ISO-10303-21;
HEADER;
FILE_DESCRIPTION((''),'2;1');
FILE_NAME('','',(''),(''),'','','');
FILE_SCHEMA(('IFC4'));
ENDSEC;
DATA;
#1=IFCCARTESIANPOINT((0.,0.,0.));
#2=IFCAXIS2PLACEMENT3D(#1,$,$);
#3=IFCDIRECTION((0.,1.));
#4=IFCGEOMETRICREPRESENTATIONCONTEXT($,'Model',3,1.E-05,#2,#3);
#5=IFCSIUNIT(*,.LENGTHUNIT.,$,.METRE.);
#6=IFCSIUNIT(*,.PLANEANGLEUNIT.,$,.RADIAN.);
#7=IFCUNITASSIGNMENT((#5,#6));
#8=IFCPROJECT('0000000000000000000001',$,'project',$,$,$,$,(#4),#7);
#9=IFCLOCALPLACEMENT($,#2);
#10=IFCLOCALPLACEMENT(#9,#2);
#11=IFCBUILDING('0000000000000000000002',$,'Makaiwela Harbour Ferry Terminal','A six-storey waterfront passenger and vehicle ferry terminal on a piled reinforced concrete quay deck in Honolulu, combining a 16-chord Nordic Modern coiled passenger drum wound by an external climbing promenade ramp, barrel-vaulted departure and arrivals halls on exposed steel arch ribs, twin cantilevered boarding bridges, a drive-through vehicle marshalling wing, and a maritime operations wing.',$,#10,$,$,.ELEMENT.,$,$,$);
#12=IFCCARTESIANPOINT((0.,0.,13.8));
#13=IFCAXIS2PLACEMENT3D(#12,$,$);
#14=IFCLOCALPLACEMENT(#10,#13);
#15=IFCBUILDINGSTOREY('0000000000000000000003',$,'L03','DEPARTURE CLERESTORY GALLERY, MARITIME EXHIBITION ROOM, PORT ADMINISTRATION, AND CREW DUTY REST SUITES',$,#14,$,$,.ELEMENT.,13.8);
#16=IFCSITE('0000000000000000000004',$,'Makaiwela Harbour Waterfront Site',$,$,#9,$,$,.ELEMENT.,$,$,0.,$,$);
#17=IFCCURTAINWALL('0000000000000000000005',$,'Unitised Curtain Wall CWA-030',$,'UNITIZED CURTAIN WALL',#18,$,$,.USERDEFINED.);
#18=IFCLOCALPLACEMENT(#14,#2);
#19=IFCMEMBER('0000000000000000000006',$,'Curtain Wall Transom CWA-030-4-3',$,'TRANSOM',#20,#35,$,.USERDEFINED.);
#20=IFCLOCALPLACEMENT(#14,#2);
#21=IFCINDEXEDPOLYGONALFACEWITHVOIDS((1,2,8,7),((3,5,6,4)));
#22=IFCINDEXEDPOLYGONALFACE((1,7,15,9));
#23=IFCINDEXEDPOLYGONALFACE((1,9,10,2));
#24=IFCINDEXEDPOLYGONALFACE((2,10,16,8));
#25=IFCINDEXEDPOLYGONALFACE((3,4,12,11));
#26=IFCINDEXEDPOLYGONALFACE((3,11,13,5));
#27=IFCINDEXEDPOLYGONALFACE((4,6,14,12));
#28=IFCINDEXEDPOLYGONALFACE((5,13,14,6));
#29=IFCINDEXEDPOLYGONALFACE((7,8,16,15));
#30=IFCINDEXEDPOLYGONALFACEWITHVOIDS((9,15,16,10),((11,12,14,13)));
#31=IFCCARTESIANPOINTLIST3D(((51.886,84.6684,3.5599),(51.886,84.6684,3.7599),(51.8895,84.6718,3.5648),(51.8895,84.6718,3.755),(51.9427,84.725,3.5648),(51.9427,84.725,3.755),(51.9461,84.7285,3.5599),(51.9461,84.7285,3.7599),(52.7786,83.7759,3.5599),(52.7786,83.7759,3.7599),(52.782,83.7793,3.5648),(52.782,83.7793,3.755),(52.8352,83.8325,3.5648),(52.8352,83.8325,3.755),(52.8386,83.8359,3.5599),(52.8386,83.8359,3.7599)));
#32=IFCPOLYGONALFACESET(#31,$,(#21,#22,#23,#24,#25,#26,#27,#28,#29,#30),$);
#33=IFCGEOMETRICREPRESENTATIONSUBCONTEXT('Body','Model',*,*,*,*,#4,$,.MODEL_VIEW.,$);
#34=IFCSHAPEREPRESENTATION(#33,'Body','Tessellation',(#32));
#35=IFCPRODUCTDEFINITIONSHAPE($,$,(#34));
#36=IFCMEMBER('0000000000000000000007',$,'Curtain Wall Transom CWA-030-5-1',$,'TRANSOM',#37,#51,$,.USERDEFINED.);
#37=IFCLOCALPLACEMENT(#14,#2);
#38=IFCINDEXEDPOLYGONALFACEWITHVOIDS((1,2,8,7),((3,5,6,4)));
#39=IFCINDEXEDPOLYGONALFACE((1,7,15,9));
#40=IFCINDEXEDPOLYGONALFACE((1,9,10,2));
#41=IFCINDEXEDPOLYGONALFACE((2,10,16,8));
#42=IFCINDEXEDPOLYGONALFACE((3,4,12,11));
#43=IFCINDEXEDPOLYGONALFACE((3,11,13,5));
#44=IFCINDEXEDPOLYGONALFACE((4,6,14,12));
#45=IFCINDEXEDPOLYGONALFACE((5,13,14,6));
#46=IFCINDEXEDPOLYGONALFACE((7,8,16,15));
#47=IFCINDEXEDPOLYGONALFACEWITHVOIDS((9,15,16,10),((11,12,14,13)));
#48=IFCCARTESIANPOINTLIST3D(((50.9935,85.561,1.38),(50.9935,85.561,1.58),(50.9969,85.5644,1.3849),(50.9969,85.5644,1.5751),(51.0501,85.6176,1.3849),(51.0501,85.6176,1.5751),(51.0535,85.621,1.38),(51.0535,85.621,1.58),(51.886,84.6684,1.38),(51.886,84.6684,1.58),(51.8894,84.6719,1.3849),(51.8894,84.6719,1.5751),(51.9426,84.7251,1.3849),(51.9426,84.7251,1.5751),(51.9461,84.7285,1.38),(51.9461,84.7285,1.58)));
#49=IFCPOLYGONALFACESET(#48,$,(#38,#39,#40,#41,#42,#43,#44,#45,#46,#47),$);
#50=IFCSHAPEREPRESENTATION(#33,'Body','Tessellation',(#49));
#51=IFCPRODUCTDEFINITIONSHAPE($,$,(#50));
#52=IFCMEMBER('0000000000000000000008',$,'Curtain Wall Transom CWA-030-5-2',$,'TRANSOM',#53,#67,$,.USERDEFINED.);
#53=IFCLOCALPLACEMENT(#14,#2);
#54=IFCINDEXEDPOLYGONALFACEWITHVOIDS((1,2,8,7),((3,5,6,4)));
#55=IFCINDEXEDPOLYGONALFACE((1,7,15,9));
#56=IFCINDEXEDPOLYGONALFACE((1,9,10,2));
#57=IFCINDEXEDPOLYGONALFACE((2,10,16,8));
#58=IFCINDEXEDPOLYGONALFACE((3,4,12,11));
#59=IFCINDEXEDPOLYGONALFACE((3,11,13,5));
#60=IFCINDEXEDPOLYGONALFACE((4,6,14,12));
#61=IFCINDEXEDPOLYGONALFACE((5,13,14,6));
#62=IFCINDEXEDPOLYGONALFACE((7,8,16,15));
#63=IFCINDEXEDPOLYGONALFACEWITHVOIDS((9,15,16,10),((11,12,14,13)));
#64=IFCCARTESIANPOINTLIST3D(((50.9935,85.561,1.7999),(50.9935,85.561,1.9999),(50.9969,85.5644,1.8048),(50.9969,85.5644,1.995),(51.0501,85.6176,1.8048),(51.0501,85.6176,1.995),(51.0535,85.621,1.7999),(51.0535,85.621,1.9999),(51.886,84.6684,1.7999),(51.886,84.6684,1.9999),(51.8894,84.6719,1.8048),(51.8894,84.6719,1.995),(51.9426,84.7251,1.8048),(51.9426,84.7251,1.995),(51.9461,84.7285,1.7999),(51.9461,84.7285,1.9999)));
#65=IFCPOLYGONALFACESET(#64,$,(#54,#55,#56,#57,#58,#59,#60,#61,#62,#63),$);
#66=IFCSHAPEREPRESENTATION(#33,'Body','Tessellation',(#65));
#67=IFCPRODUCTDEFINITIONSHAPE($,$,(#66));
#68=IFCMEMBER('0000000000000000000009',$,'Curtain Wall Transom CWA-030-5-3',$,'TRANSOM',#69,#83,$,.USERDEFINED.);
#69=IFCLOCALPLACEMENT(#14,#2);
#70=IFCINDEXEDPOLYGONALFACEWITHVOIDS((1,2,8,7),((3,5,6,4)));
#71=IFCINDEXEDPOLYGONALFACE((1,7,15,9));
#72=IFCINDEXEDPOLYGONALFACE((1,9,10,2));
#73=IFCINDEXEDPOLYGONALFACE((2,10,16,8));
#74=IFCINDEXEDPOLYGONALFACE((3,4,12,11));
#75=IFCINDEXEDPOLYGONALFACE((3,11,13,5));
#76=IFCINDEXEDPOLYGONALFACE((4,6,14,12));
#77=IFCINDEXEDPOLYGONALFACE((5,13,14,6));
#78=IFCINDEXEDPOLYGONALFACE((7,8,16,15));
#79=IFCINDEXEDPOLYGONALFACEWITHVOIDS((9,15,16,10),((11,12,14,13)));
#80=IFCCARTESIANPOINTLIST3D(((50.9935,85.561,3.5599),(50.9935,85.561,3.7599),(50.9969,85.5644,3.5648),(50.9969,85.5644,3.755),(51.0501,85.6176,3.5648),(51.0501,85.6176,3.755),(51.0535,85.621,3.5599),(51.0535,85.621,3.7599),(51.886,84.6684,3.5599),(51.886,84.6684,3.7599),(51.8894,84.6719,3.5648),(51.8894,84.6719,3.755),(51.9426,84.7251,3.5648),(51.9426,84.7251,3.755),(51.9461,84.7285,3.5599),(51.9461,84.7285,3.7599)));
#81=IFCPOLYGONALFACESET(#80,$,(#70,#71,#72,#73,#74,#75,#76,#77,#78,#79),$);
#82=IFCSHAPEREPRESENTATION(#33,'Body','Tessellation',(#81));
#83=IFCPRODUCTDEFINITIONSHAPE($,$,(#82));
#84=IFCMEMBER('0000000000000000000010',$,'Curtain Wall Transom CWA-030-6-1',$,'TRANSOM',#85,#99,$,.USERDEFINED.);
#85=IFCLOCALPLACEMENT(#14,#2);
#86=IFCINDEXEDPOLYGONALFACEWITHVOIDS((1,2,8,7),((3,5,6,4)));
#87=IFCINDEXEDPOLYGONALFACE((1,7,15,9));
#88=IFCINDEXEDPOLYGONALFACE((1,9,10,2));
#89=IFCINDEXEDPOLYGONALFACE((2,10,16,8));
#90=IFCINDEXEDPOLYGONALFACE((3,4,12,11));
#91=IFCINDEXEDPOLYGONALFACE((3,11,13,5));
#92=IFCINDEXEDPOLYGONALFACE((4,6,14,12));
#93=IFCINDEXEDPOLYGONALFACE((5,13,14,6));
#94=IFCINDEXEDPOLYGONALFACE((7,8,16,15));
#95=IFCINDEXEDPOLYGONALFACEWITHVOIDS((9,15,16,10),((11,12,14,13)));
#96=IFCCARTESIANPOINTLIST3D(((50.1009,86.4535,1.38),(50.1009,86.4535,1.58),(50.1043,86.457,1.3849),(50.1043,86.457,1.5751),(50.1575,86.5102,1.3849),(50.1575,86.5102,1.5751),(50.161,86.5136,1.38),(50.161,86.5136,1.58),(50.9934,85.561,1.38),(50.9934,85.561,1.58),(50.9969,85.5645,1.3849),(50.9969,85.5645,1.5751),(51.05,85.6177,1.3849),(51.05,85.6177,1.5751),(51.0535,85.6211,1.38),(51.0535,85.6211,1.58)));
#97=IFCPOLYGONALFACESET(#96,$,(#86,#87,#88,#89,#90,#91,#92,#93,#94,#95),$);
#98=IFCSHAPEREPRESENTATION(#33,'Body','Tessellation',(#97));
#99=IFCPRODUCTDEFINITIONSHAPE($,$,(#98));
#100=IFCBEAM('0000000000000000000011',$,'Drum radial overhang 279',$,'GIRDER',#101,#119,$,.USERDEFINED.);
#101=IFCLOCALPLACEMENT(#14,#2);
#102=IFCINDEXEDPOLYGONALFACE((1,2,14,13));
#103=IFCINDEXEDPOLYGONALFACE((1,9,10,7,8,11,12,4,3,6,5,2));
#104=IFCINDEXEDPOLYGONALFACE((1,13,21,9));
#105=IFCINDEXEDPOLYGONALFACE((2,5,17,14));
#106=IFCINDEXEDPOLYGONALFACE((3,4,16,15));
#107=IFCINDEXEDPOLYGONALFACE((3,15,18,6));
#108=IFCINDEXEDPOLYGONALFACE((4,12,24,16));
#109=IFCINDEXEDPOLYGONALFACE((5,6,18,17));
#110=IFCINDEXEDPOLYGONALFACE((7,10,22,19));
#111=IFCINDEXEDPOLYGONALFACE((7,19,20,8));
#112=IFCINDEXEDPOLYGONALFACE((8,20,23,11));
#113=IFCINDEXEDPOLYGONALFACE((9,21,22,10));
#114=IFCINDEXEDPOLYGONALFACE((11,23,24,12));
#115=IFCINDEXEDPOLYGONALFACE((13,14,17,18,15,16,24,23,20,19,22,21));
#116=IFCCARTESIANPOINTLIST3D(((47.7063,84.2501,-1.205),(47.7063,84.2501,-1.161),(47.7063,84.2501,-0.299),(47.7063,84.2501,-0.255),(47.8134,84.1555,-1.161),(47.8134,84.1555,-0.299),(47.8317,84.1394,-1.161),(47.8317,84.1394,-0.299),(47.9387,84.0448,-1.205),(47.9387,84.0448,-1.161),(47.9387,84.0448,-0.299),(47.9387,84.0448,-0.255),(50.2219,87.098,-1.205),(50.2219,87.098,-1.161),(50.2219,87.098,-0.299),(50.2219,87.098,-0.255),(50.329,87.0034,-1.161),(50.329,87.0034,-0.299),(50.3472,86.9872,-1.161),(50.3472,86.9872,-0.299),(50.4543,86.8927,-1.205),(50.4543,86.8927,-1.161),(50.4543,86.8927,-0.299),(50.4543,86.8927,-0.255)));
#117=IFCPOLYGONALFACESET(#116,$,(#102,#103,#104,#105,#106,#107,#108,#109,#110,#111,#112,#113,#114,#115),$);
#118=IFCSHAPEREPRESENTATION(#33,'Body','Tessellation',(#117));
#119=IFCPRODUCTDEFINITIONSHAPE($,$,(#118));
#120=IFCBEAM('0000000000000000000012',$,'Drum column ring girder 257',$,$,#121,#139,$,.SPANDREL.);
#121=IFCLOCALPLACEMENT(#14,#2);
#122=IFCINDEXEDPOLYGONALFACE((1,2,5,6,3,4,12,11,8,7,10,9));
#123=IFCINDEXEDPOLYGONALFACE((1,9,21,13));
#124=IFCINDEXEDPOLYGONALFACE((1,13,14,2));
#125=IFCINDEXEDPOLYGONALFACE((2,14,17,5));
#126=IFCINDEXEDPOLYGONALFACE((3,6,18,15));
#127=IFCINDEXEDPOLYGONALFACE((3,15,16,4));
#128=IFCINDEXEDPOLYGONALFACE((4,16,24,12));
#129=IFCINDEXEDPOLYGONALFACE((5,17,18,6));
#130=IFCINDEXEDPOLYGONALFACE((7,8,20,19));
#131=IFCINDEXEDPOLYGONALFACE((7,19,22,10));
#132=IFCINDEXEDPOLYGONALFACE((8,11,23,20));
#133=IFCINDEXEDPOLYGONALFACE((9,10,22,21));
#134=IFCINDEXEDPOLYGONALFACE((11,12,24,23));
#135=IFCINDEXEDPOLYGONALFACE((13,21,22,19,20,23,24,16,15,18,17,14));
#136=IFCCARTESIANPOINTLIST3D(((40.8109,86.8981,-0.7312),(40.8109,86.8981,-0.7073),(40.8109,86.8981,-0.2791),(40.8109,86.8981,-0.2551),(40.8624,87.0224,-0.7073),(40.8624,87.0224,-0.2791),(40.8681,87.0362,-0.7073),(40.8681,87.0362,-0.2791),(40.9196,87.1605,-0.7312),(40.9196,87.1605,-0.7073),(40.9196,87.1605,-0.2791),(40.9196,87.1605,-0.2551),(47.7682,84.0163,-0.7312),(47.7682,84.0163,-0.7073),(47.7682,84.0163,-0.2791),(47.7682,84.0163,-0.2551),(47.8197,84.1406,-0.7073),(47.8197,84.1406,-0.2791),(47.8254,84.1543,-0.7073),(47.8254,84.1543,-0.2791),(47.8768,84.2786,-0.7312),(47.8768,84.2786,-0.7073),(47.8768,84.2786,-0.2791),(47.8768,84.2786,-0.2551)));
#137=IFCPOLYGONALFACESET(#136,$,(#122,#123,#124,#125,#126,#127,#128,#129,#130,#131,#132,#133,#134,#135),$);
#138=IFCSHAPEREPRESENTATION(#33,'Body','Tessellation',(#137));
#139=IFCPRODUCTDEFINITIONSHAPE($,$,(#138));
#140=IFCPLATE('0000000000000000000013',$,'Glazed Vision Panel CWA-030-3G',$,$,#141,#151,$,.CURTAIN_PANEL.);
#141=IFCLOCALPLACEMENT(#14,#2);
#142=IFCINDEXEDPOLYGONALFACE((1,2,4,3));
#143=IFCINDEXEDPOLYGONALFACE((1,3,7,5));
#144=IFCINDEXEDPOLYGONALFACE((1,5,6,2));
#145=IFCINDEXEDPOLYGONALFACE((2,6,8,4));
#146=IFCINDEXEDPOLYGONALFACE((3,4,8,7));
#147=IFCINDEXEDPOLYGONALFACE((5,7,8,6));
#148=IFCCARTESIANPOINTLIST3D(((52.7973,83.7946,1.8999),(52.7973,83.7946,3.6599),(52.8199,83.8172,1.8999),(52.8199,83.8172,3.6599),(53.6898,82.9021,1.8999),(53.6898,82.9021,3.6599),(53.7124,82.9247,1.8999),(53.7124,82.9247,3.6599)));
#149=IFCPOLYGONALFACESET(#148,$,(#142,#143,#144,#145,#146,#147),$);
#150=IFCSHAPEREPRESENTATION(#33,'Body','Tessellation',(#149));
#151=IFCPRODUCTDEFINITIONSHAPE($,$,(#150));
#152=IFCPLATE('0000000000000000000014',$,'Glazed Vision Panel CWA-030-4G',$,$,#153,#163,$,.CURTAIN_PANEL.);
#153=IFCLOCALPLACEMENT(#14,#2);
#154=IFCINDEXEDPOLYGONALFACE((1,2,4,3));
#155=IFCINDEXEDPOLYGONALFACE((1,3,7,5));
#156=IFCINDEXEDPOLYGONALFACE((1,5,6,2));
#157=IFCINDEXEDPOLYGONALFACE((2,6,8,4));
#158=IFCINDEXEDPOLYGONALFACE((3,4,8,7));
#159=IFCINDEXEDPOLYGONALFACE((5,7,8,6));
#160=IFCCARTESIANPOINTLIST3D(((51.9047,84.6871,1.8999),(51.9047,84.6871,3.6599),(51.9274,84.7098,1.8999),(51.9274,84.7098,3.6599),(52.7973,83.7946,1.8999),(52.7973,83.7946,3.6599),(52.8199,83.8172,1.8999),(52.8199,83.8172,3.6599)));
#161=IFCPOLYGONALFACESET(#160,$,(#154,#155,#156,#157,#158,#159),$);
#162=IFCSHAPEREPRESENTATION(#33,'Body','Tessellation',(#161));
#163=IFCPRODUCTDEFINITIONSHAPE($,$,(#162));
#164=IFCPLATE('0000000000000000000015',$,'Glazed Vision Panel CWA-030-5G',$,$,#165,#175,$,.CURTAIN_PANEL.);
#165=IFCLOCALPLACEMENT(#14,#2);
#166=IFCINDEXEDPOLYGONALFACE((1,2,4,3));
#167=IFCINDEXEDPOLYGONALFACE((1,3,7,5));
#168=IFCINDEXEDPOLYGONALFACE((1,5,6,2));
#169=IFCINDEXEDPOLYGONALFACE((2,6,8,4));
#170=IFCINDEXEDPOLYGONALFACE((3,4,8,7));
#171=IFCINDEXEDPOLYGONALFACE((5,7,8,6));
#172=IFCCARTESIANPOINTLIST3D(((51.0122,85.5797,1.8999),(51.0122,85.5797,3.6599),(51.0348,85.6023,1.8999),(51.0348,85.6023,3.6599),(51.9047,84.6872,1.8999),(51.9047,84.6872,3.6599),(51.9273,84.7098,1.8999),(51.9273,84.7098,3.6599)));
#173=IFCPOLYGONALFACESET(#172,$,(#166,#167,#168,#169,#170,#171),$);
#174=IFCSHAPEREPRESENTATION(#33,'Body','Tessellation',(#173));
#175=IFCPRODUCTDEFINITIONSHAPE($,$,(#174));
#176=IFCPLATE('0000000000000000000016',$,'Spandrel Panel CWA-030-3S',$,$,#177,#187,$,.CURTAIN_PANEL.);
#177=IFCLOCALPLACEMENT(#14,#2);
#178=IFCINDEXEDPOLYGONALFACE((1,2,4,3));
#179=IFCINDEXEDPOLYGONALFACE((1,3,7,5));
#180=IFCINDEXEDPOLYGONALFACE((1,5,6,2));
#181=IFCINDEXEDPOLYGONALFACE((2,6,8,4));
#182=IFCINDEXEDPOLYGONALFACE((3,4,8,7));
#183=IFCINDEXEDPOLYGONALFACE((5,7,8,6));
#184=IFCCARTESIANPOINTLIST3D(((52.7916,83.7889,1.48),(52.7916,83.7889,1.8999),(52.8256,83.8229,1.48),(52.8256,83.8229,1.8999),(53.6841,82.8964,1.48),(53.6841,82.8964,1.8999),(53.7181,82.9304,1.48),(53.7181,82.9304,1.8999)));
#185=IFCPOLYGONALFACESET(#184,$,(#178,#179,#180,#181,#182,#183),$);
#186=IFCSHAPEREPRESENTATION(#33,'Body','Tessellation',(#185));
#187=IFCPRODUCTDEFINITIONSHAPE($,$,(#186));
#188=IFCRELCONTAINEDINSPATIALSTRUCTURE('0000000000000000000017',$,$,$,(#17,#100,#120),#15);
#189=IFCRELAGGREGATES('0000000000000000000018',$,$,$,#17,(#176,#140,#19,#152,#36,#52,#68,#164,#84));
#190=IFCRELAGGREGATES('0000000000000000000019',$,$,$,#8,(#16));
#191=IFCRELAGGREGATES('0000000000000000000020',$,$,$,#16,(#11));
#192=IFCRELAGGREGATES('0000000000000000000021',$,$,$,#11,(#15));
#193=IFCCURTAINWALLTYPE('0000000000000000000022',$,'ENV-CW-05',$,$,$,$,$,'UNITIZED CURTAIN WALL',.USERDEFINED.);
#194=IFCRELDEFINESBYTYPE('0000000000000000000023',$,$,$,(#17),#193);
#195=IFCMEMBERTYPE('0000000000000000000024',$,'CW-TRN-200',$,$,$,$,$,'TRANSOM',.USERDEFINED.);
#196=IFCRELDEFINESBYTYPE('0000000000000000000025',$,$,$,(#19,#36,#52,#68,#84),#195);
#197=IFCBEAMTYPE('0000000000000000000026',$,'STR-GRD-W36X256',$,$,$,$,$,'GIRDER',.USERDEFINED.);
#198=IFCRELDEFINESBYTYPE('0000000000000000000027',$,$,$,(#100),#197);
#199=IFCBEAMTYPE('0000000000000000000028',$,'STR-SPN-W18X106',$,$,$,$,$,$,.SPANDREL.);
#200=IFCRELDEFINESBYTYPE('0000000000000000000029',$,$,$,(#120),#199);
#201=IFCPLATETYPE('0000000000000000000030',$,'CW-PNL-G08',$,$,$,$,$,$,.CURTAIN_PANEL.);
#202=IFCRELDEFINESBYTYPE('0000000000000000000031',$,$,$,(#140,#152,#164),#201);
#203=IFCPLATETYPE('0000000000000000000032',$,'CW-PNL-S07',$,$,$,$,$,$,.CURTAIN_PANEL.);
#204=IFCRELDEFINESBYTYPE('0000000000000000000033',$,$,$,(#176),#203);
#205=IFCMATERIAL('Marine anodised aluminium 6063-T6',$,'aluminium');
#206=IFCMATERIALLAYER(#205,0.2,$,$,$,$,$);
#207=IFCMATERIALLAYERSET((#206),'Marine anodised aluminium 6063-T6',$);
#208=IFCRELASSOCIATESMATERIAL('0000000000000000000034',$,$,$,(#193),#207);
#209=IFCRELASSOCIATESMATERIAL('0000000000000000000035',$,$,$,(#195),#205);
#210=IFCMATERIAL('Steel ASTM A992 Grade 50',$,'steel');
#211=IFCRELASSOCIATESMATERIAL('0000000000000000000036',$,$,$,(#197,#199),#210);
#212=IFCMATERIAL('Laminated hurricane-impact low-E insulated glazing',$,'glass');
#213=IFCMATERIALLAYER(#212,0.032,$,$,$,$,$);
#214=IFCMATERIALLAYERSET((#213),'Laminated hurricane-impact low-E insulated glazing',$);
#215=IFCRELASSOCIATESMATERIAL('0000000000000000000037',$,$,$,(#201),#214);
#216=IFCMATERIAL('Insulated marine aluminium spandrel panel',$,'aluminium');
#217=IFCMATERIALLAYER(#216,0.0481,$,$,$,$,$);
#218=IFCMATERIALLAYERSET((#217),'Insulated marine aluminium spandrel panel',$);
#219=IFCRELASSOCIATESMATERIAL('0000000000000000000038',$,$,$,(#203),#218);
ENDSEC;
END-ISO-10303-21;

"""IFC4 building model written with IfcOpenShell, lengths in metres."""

from ifc_helpers import new_model, si_unit, direction, frame, origin, origin_2d, place, context, subcontext, project, spatial, rectangle, hollow_rectangle, i_section, extrude, material, layer, layer_set, material_profile, profile_set, type_object, element, aggregate, save


model = new_model("IFC4")

# Units and contexts
model_context = context("Model", 3, precision=1e-05, world=origin(), true_north=direction((0.0, 1.0)))
body_context = subcontext(model_context, "Body", "Model", "MODEL_VIEW")
ifc_project = project(units=[si_unit("LENGTHUNIT", "METRE"), si_unit("PLANEANGLEUNIT", "RADIAN")], contexts=[model_context])

# Site, building, storey
site_placement = place(None, origin())
site = spatial("IfcSite", under=ifc_project, at=site_placement, Name="Makaiwela Harbour Waterfront Site", CompositionType="ELEMENT", RefElevation=0.0)
building_placement = place(site_placement, origin())
building = spatial("IfcBuilding", under=site, at=building_placement, Name="Makaiwela Harbour Ferry Terminal", Description="A six-storey waterfront passenger and vehicle ferry terminal on a piled reinforced concrete quay deck in Honolulu, combining a 16-chord Nordic Modern coiled passenger drum wound by an external climbing promenade ramp, barrel-vaulted departure and arrivals halls on exposed steel arch ribs, twin cantilevered boarding bridges, a drive-through vehicle marshalling wing, and a maritime operations wing.", CompositionType="ELEMENT")
storey_placement = place(building_placement, frame((0.0, 0.0, 13.8)))
storey = spatial("IfcBuildingStorey", under=building, at=storey_placement, Name="L03", Description="DEPARTURE CLERESTORY GALLERY, MARITIME EXHIBITION ROOM, PORT ADMINISTRATION, AND CREW DUTY REST SUITES", CompositionType="ELEMENT", Elevation=13.8)

# Shared definitions
ifc_material_1 = material(Name="Steel ASTM A992 Grade 50", Category="steel")

# Curtain wall, members
ifc_material_2 = material(Name="Marine anodised aluminium 6063-T6", Category="aluminium")
ifc_layer_1 = layer(ifc_material_2, 0.2)
ifc_layer_set_1 = layer_set([ifc_layer_1], Name="Marine anodised aluminium 6063-T6")
curtain_wall_type = type_object("IfcCurtainWallType", Name="ENV-CW-05", ElementType="UNITIZED CURTAIN WALL", PredefinedType="USERDEFINED", material=ifc_layer_set_1)
curtain_wall_placement = place(storey_placement, origin())
curtain_wall = element("IfcCurtainWall", 1, at=curtain_wall_placement, inside=storey, type_object=curtain_wall_type, Name="Unitised Curtain Wall CWA-030", ObjectType="UNITIZED CURTAIN WALL", PredefinedType="USERDEFINED")
ifc_material_profile_1 = material_profile(ifc_material_2, hollow_rectangle(XDim=0.085, YDim=0.2, WallThickness=0.0049, at=origin_2d()), Name="CWT-200X85")
ifc_profile_set_1 = profile_set([ifc_material_profile_1], Name="Marine anodised aluminium 6063-T6")
member_type_1 = type_object("IfcMemberType", Name="CW-TRN-200", ElementType="TRANSOM", PredefinedType="USERDEFINED", material=ifc_profile_set_1)
member_1_placement = place(storey_placement, frame((52.8086, 83.8059, 3.6599), z_axis=(-0.707107, 0.707107, 0.0), x_axis=(-0.707107, -0.707107, 0.0)))
member_1 = element("IfcMember", 2, at=member_1_placement, type_object=member_type_1, Name="Curtain Wall Transom CWA-030-4-3", ObjectType="TRANSOM", PredefinedType="USERDEFINED", context=body_context, shape_type="SweptSolid", body=[
    extrude(hollow_rectangle(XDim=0.085, YDim=0.2, WallThickness=0.0049, at=origin_2d()), origin(), (0.0, 0.0, 1.0), 1.2622),
])
member_2_placement = place(storey_placement, frame((51.916, 84.6985, 1.48), z_axis=(-0.707107, 0.707107, 0.0), x_axis=(-0.707107, -0.707107, 0.0)))
member_2 = element("IfcMember", 3, at=member_2_placement, type_object=member_type_1, Name="Curtain Wall Transom CWA-030-5-1", ObjectType="TRANSOM", PredefinedType="USERDEFINED", context=body_context, shape_type="SweptSolid", body=[
    extrude(hollow_rectangle(XDim=0.085, YDim=0.2, WallThickness=0.0049, at=origin_2d()), origin(), (0.0, 0.0, 1.0), 1.2622),
])
member_3_placement = place(storey_placement, frame((51.916, 84.6985, 1.8999), z_axis=(-0.707107, 0.707107, 0.0), x_axis=(-0.707107, -0.707107, 0.0)))
member_3 = element("IfcMember", 4, at=member_3_placement, type_object=member_type_1, Name="Curtain Wall Transom CWA-030-5-2", ObjectType="TRANSOM", PredefinedType="USERDEFINED", context=body_context, shape_type="SweptSolid", body=[
    extrude(hollow_rectangle(XDim=0.085, YDim=0.2, WallThickness=0.0049, at=origin_2d()), origin(), (0.0, 0.0, 1.0), 1.2622),
])
member_4_placement = place(storey_placement, frame((51.916, 84.6985, 3.6599), z_axis=(-0.707107, 0.707107, 0.0), x_axis=(-0.707107, -0.707107, 0.0)))
member_4 = element("IfcMember", 5, at=member_4_placement, type_object=member_type_1, Name="Curtain Wall Transom CWA-030-5-3", ObjectType="TRANSOM", PredefinedType="USERDEFINED", context=body_context, shape_type="SweptSolid", body=[
    extrude(hollow_rectangle(XDim=0.085, YDim=0.2, WallThickness=0.0049, at=origin_2d()), origin(), (0.0, 0.0, 1.0), 1.2622),
])
member_5_placement = place(storey_placement, frame((51.0234, 85.5911, 1.48), z_axis=(-0.707107, 0.707107, 0.0), x_axis=(-0.707107, -0.707107, 0.0)))
member_5 = element("IfcMember", 6, at=member_5_placement, type_object=member_type_1, Name="Curtain Wall Transom CWA-030-6-1", ObjectType="TRANSOM", PredefinedType="USERDEFINED", context=body_context, shape_type="SweptSolid", body=[
    extrude(hollow_rectangle(XDim=0.085, YDim=0.2, WallThickness=0.0049, at=origin_2d()), origin(), (0.0, 0.0, 1.0), 1.2622),
])

# Beams
ifc_material_profile_2 = material_profile(ifc_material_1, i_section(OverallWidth=0.3101, OverallDepth=0.95, WebThickness=0.0244, FlangeThickness=0.0439, at=origin_2d()), Name="W36X256")
ifc_profile_set_2 = profile_set([ifc_material_profile_2], Name="Steel ASTM A992 Grade 50")
beam_type_1 = type_object("IfcBeamType", Name="STR-GRD-W36X256", ElementType="GIRDER", PredefinedType="USERDEFINED", material=ifc_profile_set_2)
beam_1_placement = place(storey_placement, frame((47.8225, 84.1475, -0.73), z_axis=(0.662032, 0.749476, 0.0), x_axis=(-0.749476, 0.662032, 0.0)))
element("IfcBeam", 7, at=beam_1_placement, inside=storey, type_object=beam_type_1, Name="Drum radial overhang 279", ObjectType="GIRDER", PredefinedType="USERDEFINED", context=body_context, shape_type="SweptSolid", body=[
    extrude(i_section(OverallWidth=0.3101, OverallDepth=0.95, WebThickness=0.0244, FlangeThickness=0.0439, at=origin_2d()), origin(), (0.0, 0.0, 1.0), 3.7998),
])
ifc_material_profile_3 = material_profile(ifc_material_1, i_section(OverallWidth=0.2839, OverallDepth=0.4761, WebThickness=0.0149, FlangeThickness=0.0239, at=origin_2d()), Name="W18X106")
ifc_profile_set_3 = profile_set([ifc_material_profile_3], Name="Steel ASTM A992 Grade 50")
beam_type_2 = type_object("IfcBeamType", Name="STR-SPN-W18X106", PredefinedType="SPANDREL", material=ifc_profile_set_3)
beam_2_placement = place(storey_placement, frame((47.8225, 84.1475, -0.4932), z_axis=(-0.923878, 0.382688, 0.0), x_axis=(-0.382688, -0.923878, 0.0)))
element("IfcBeam", 8, at=beam_2_placement, inside=storey, type_object=beam_type_2, Name="Drum column ring girder 257", PredefinedType="SPANDREL", context=body_context, shape_type="SweptSolid", body=[
    extrude(i_section(OverallWidth=0.2839, OverallDepth=0.4761, WebThickness=0.0149, FlangeThickness=0.0239, at=origin_2d()), origin(), (0.0, 0.0, 1.0), 7.5305),
])

# Plates
ifc_material_3 = material(Name="Laminated hurricane-impact low-E insulated glazing", Category="glass")
ifc_layer_2 = layer(ifc_material_3, 0.032)
ifc_layer_set_2 = layer_set([ifc_layer_2], Name="Laminated hurricane-impact low-E insulated glazing")
plate_type_1 = type_object("IfcPlateType", Name="CW-PNL-G08", PredefinedType="CURTAIN_PANEL", material=ifc_layer_set_2)
plate_1_placement = place(storey_placement, frame((53.2549, 83.3596, 1.8999), z_axis=(0.0, 0.0, 1.0), x_axis=(-0.707107, 0.707107, 0.0)))
plate_1 = element("IfcPlate", 9, at=plate_1_placement, type_object=plate_type_1, Name="Glazed Vision Panel CWA-030-3G", PredefinedType="CURTAIN_PANEL", context=body_context, shape_type="SweptSolid", body=[
    extrude(rectangle(XDim=1.2622, YDim=0.032, at=origin_2d()), origin(), (0.0, 0.0, 1.0), 1.76),
])
plate_2_placement = place(storey_placement, frame((52.3623, 84.2522, 1.8999), z_axis=(0.0, 0.0, 1.0), x_axis=(-0.707107, 0.707107, 0.0)))
plate_2 = element("IfcPlate", 10, at=plate_2_placement, type_object=plate_type_1, Name="Glazed Vision Panel CWA-030-4G", PredefinedType="CURTAIN_PANEL", context=body_context, shape_type="SweptSolid", body=[
    extrude(rectangle(XDim=1.2622, YDim=0.032, at=origin_2d()), origin(), (0.0, 0.0, 1.0), 1.76),
])
plate_3_placement = place(storey_placement, frame((51.4697, 85.1448, 1.8999), z_axis=(0.0, 0.0, 1.0), x_axis=(-0.707107, 0.707107, 0.0)))
plate_3 = element("IfcPlate", 11, at=plate_3_placement, type_object=plate_type_1, Name="Glazed Vision Panel CWA-030-5G", PredefinedType="CURTAIN_PANEL", context=body_context, shape_type="SweptSolid", body=[
    extrude(rectangle(XDim=1.2622, YDim=0.032, at=origin_2d()), origin(), (0.0, 0.0, 1.0), 1.76),
])
ifc_material_4 = material(Name="Insulated marine aluminium spandrel panel", Category="aluminium")
ifc_layer_3 = layer(ifc_material_4, 0.0481)
ifc_layer_set_3 = layer_set([ifc_layer_3], Name="Insulated marine aluminium spandrel panel")
plate_type_2 = type_object("IfcPlateType", Name="CW-PNL-S07", PredefinedType="CURTAIN_PANEL", material=ifc_layer_set_3)
plate_4_placement = place(storey_placement, frame((53.2549, 83.3596, 1.48), z_axis=(0.0, 0.0, 1.0), x_axis=(-0.707107, 0.707107, 0.0)))
plate_4 = element("IfcPlate", 12, at=plate_4_placement, type_object=plate_type_2, Name="Spandrel Panel CWA-030-3S", PredefinedType="CURTAIN_PANEL", context=body_context, shape_type="SweptSolid", body=[
    extrude(rectangle(XDim=1.2622, YDim=0.0481, at=origin_2d()), origin(), (0.0, 0.0, 1.0), 0.4199),
])
aggregate(curtain_wall, [plate_4, plate_1, member_1, plate_2, member_2, member_3, member_4, plate_3, member_5])

save(model, "model.ifc")
